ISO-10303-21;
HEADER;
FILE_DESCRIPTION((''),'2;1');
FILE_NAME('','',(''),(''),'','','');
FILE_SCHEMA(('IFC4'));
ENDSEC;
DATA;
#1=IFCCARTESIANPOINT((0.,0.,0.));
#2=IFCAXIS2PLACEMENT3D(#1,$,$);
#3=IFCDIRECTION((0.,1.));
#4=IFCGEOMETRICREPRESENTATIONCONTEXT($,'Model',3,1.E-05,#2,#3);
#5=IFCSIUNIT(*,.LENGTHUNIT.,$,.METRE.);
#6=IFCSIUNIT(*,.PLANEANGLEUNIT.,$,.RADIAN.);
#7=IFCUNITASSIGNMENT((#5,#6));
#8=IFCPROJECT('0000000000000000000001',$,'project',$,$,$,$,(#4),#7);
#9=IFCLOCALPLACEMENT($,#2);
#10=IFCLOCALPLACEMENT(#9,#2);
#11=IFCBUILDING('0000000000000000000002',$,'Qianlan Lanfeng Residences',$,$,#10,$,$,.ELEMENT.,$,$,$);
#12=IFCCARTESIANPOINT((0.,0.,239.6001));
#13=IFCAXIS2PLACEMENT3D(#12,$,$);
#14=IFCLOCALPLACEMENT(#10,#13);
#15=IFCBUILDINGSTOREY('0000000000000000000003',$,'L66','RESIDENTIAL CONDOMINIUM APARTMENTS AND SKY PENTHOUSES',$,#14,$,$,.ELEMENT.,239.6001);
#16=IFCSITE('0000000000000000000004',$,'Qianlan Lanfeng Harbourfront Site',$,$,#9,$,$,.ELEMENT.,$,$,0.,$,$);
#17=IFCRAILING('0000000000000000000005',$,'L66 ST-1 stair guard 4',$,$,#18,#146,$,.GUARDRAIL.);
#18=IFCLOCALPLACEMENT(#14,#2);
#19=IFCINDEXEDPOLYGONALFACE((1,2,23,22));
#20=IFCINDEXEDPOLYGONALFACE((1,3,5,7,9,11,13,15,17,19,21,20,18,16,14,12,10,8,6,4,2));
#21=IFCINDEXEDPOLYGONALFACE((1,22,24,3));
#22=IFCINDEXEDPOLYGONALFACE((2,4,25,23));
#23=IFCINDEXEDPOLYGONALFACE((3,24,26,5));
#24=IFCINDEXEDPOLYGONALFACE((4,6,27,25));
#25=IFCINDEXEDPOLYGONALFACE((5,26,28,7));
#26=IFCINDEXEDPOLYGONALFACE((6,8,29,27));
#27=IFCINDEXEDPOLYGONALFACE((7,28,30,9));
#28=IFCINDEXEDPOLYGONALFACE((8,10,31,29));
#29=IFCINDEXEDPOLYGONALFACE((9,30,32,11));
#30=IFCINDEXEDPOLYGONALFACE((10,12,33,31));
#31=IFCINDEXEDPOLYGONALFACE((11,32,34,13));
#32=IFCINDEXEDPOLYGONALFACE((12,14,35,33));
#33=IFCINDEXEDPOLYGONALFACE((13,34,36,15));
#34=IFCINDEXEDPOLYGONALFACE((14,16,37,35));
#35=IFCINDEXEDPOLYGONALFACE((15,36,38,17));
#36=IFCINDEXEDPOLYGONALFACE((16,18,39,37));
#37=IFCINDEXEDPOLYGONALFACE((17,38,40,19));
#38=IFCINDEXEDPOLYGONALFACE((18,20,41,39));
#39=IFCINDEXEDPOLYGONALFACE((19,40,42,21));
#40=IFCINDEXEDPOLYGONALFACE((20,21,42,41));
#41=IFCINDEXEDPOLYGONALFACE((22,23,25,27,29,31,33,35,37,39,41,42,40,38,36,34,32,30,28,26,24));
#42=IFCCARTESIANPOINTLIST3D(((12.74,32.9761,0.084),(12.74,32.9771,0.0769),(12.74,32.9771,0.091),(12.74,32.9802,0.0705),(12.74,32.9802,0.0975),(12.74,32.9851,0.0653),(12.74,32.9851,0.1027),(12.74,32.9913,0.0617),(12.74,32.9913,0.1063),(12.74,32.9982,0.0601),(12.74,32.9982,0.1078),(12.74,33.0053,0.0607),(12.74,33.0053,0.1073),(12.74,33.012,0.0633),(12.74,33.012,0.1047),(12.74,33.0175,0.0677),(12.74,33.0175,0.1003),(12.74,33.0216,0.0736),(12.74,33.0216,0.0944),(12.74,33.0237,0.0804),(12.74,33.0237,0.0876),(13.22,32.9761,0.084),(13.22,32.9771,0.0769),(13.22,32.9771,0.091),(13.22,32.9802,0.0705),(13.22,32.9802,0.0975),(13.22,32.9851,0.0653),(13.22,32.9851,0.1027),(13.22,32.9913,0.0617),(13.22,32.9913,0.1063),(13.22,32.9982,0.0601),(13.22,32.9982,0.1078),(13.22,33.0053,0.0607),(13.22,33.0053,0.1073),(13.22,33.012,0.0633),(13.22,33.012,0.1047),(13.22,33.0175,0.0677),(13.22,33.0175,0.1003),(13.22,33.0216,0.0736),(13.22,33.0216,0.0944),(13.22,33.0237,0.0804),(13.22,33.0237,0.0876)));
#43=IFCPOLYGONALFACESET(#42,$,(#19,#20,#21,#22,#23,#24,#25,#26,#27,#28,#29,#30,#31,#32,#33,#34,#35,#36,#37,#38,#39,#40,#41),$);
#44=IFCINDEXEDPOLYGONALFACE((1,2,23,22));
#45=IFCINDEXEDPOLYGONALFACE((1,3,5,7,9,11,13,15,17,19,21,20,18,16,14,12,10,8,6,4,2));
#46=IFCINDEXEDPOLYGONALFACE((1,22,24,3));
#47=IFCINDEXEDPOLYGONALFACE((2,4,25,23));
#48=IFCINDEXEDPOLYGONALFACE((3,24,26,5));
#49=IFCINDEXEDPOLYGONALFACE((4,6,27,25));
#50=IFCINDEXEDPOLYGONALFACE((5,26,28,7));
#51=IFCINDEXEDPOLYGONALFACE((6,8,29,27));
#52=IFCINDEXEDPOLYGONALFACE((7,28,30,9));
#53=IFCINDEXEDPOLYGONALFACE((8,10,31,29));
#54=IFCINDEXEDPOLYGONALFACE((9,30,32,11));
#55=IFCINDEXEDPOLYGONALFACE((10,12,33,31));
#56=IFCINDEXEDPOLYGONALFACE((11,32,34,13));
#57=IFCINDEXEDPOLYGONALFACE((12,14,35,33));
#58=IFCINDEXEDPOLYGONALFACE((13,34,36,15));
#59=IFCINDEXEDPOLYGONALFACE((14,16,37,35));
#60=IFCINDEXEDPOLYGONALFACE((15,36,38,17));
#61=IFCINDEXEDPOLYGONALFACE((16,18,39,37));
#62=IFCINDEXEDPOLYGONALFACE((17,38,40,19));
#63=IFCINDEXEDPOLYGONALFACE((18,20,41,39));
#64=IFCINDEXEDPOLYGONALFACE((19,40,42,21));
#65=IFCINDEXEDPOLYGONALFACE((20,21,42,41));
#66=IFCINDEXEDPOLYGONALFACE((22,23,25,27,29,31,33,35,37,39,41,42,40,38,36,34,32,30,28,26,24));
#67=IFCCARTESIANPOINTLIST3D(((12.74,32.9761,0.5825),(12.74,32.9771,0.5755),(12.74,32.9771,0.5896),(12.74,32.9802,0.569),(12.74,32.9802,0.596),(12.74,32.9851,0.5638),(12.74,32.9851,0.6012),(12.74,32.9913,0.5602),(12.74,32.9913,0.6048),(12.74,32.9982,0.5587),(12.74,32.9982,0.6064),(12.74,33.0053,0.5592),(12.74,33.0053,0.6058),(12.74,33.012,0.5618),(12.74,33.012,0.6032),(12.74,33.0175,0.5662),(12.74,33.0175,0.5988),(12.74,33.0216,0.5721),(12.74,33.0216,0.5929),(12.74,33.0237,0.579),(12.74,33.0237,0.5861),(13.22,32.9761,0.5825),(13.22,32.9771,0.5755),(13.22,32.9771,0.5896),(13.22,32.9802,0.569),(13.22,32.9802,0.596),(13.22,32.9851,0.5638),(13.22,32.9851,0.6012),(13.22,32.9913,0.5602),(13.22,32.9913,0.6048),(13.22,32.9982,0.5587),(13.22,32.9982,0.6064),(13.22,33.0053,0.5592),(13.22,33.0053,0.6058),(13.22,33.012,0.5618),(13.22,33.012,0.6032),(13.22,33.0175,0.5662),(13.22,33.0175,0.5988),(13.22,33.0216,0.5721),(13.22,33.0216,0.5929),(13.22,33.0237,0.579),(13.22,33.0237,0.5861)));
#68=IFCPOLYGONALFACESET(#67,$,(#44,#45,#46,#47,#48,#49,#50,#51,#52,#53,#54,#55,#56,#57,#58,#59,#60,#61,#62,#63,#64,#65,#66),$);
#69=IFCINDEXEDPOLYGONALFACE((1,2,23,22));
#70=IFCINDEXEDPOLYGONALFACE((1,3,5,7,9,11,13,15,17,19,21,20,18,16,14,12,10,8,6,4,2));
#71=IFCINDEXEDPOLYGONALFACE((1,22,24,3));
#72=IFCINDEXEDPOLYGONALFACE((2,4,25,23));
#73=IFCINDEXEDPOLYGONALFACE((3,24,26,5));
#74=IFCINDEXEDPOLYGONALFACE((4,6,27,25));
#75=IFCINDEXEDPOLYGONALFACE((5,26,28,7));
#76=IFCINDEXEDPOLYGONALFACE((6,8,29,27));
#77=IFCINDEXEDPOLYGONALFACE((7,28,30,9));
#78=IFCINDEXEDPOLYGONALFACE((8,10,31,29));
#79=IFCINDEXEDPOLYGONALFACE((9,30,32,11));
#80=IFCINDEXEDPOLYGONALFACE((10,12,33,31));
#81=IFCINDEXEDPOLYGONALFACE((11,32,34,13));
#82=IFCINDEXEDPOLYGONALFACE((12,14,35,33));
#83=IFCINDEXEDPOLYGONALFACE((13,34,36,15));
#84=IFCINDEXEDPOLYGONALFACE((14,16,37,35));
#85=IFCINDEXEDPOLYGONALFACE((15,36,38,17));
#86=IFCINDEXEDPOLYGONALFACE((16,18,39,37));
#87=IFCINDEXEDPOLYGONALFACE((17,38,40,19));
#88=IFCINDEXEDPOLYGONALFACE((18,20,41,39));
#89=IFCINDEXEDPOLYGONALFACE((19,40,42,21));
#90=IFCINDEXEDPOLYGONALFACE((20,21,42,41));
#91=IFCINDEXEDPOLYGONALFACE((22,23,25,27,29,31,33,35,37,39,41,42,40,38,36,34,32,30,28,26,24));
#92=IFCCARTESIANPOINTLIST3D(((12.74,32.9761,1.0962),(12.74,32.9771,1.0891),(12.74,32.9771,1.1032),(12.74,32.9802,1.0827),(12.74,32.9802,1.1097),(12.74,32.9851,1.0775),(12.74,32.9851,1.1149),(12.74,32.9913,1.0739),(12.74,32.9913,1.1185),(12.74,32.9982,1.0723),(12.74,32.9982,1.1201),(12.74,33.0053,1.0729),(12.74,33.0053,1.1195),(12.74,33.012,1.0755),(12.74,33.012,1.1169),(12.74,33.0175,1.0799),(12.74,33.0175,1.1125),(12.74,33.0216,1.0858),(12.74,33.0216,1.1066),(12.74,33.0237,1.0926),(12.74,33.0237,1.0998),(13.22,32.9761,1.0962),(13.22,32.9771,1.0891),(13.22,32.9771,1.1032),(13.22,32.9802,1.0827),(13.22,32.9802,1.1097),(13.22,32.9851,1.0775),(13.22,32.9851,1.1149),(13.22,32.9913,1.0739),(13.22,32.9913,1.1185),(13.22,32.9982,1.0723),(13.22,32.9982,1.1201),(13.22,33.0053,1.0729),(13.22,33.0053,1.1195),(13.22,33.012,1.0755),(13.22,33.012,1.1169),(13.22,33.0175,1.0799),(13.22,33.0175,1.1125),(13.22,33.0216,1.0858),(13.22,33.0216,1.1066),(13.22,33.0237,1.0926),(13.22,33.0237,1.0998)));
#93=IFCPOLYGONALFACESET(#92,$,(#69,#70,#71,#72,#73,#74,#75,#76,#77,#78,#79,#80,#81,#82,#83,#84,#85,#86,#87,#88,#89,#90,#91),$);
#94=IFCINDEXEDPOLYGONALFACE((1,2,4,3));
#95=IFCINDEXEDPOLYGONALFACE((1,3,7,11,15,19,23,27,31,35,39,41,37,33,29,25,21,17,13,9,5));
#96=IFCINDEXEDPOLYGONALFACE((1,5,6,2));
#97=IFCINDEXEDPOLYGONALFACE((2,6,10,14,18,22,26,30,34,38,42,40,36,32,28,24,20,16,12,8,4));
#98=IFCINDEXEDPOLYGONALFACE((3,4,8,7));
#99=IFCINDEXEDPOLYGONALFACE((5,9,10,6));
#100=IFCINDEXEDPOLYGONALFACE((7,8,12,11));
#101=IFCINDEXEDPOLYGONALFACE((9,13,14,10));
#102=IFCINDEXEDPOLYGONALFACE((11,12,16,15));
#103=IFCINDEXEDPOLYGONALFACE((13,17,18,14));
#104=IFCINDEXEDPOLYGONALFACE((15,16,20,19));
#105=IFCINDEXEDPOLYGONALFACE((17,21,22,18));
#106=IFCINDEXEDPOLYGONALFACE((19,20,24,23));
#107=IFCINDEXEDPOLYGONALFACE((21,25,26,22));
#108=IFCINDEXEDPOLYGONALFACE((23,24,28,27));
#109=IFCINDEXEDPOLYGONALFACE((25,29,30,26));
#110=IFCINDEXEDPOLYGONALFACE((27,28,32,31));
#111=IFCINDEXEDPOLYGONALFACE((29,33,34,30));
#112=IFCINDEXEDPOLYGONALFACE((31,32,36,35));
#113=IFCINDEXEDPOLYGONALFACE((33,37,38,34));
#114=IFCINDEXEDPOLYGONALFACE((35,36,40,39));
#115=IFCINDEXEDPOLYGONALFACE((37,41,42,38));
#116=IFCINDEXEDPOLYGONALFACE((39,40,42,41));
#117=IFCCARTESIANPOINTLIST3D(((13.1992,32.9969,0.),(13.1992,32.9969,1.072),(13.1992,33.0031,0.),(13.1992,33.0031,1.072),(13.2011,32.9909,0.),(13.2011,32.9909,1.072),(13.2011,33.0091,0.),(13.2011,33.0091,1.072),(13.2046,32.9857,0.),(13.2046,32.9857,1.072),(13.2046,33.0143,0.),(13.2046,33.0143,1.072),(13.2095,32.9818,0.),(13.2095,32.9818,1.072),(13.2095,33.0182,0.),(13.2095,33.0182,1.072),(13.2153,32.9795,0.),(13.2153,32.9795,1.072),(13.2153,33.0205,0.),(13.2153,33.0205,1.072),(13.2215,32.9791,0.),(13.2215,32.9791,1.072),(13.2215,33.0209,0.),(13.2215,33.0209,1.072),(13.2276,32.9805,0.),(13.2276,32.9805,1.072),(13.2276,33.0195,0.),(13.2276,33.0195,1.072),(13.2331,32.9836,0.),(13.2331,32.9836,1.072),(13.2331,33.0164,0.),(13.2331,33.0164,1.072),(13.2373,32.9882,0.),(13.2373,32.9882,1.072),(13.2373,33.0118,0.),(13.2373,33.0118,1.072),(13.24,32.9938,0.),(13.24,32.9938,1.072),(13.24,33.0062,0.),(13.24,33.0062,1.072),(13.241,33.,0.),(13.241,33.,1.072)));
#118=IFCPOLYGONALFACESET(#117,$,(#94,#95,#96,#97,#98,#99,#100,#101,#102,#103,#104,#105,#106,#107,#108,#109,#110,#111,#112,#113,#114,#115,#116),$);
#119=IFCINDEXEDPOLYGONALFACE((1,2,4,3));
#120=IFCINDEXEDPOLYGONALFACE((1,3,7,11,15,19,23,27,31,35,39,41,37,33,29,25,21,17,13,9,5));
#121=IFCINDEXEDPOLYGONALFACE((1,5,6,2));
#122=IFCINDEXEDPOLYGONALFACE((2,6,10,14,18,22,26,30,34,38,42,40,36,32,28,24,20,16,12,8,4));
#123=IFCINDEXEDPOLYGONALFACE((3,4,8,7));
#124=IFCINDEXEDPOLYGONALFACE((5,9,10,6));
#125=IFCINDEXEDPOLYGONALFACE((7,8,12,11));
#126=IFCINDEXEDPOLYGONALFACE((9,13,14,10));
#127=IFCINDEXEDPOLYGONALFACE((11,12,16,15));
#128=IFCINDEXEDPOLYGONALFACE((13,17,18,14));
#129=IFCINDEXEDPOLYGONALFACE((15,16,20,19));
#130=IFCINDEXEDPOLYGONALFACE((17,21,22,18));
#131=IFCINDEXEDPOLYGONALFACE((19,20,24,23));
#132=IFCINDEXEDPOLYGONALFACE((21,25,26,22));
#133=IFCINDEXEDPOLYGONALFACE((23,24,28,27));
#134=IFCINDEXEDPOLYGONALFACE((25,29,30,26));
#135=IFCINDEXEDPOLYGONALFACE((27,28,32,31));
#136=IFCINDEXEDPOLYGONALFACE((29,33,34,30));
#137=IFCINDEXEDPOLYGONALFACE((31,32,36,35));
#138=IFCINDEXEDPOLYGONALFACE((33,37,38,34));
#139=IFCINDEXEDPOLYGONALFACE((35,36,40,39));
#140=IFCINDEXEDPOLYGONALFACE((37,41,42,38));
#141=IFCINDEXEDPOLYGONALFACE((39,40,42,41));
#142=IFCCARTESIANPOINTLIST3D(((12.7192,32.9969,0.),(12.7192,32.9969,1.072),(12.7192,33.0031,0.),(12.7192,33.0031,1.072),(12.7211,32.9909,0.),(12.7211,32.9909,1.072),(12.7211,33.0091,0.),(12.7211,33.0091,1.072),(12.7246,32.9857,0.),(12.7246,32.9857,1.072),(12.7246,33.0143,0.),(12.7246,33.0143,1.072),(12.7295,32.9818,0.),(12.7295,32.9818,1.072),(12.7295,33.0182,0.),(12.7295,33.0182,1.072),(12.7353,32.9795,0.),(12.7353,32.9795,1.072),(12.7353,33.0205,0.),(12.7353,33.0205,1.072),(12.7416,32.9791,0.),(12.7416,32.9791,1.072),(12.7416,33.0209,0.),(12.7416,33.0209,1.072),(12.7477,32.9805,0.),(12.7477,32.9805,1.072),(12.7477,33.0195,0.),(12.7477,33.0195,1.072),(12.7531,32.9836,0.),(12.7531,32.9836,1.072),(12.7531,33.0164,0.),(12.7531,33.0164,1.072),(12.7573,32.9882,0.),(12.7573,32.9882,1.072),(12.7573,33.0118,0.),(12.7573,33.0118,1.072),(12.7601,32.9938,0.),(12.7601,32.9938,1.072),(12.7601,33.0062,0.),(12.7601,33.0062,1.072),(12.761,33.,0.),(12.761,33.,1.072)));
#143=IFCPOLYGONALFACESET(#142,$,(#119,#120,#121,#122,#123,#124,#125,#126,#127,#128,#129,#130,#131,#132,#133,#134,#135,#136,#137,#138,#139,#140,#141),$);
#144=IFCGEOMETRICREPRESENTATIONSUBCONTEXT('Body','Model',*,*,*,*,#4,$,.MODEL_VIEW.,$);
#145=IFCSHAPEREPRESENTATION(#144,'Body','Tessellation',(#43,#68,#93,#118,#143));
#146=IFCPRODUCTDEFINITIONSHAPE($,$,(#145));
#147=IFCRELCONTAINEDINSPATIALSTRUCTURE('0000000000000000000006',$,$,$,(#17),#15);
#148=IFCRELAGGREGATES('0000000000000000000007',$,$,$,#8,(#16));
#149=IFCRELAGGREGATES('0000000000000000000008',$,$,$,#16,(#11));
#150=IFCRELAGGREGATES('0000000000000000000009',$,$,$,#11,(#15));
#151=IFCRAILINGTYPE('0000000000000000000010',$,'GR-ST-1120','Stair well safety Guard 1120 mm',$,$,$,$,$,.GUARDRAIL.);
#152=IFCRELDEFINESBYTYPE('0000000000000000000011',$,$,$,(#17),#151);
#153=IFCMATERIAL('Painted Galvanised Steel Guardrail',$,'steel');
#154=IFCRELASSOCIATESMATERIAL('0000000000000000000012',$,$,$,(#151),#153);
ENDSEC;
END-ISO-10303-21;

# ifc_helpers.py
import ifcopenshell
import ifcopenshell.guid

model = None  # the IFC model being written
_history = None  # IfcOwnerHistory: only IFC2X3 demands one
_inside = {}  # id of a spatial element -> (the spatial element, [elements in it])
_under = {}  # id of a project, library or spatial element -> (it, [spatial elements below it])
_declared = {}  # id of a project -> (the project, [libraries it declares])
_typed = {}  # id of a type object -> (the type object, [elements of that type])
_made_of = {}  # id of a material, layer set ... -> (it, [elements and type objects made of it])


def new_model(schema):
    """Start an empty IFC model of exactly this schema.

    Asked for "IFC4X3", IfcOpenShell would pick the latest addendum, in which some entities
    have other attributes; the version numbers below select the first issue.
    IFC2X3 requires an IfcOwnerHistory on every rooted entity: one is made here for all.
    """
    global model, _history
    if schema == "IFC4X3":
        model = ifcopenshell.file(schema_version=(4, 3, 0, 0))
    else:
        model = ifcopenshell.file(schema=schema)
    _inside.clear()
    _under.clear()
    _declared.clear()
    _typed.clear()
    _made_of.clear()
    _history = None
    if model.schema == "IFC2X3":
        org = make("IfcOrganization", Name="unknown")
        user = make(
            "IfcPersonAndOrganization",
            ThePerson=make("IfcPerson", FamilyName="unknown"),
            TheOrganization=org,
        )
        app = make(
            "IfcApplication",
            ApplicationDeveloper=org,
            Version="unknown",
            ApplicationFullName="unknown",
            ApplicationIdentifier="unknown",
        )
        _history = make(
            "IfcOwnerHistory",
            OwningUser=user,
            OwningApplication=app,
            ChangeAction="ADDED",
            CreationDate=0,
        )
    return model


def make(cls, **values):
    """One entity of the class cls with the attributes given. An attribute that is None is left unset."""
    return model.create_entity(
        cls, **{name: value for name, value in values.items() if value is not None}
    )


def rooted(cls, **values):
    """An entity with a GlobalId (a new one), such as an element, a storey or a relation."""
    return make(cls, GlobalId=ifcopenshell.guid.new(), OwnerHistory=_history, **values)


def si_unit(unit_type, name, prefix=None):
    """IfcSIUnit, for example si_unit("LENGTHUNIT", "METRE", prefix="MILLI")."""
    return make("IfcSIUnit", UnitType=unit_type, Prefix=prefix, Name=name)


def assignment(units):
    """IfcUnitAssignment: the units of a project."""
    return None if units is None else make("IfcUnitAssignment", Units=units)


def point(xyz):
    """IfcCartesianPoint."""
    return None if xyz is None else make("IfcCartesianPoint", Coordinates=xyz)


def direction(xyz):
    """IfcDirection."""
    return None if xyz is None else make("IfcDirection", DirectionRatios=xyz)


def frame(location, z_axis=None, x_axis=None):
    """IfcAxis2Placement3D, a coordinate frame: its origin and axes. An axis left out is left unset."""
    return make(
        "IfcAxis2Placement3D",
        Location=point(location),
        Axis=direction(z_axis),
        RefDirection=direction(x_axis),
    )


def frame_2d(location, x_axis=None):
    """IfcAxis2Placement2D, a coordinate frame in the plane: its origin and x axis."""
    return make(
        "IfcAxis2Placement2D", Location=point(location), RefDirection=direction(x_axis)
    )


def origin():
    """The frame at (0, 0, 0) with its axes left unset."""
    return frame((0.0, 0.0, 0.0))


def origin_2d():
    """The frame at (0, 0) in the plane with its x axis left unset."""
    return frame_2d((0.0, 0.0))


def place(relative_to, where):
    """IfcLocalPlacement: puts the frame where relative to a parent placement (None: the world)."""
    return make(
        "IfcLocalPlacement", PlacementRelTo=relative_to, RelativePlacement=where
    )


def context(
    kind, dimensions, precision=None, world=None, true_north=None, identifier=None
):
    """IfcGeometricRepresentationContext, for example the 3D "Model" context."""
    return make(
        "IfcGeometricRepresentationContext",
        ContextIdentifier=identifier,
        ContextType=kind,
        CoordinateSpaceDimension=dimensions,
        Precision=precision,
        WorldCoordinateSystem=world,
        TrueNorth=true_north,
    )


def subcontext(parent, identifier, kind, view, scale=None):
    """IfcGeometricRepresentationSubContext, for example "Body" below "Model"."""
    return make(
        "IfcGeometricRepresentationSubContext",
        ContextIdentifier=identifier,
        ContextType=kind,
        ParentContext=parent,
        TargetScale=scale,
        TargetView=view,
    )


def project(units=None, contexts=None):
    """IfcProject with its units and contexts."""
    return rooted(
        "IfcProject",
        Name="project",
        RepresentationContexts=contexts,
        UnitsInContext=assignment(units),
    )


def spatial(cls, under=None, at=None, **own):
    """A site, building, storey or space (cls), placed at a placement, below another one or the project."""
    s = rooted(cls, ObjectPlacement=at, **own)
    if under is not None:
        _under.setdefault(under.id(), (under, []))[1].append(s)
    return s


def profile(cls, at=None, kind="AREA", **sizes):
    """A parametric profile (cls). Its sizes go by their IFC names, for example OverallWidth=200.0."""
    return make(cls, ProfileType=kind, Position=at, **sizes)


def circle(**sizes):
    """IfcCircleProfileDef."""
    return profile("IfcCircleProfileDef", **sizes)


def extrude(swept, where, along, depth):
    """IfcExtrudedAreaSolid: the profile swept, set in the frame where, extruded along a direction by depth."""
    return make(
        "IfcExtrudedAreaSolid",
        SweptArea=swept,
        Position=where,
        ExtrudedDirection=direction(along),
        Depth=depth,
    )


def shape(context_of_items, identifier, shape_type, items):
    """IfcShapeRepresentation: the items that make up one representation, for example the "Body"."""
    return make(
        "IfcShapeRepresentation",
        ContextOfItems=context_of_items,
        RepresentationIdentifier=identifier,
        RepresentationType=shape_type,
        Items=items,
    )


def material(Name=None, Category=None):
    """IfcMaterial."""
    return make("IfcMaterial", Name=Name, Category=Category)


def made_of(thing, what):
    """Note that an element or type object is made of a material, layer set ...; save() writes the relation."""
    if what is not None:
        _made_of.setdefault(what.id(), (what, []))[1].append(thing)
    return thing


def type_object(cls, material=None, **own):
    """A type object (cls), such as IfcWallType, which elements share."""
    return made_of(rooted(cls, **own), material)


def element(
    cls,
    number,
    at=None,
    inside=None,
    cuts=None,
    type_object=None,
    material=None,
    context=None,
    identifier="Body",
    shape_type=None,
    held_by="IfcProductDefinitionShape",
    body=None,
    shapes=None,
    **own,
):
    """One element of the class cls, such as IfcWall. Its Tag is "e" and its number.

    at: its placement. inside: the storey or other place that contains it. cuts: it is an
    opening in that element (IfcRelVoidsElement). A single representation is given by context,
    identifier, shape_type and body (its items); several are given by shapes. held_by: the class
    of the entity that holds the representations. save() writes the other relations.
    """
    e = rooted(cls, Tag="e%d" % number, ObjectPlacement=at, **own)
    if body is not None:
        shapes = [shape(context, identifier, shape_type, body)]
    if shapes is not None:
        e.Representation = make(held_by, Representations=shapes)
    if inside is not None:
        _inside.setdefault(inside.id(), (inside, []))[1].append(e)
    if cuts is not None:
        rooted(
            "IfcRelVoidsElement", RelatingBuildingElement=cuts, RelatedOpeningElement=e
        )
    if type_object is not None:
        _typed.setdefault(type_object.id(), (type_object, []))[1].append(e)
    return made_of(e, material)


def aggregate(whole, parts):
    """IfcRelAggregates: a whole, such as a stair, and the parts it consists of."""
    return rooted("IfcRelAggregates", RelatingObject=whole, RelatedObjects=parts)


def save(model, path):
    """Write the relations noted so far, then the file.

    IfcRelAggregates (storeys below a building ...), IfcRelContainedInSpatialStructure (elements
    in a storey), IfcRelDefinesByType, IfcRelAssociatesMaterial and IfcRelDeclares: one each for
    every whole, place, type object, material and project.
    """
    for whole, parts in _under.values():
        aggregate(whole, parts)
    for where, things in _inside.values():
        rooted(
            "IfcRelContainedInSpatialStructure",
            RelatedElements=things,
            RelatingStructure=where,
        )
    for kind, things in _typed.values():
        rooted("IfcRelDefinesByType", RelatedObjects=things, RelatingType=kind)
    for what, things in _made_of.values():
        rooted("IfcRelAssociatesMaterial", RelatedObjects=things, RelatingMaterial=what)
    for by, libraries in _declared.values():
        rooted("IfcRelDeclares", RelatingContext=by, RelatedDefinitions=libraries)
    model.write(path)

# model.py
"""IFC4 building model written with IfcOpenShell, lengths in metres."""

from ifc_helpers import new_model, si_unit, direction, frame, origin, origin_2d, place, context, subcontext, project, spatial, circle, extrude, material, type_object, element, save


model = new_model("IFC4")

# Units and contexts
model_context = context("Model", 3, precision=1e-05, world=origin(), true_north=direction((0.0, 1.0)))
body_context = subcontext(model_context, "Body", "Model", "MODEL_VIEW")
ifc_project = project(units=[si_unit("LENGTHUNIT", "METRE"), si_unit("PLANEANGLEUNIT", "RADIAN")], contexts=[model_context])

# Site, building, storey
site_placement = place(None, origin())
site = spatial("IfcSite", under=ifc_project, at=site_placement, Name="Qianlan Lanfeng Harbourfront Site", CompositionType="ELEMENT", RefElevation=0.0)
building_placement = place(site_placement, origin())
building = spatial("IfcBuilding", under=site, at=building_placement, Name="Qianlan Lanfeng Residences", CompositionType="ELEMENT")
storey_placement = place(building_placement, frame((0.0, 0.0, 239.6001)))
storey = spatial("IfcBuildingStorey", under=building, at=storey_placement, Name="L66", Description="RESIDENTIAL CONDOMINIUM APARTMENTS AND SKY PENTHOUSES", CompositionType="ELEMENT", Elevation=239.6001)

# Railing
ifc_material_1 = material(Name="Painted Galvanised Steel Guardrail", Category="steel")
railing_type_1 = type_object("IfcRailingType", Name="GR-ST-1120", Description="Stair well safety Guard 1120 mm", PredefinedType="GUARDRAIL", material=ifc_material_1)
railing_1_placement = place(storey_placement, frame((13.22, 33.0, 0.0)))
element("IfcRailing", 1, at=railing_1_placement, inside=storey, type_object=railing_type_1, Name="L66 ST-1 stair guard 4", PredefinedType="GUARDRAIL", context=body_context, shape_type="SweptSolid", body=[
    extrude(circle(Radius=0.0239, at=origin_2d()), frame((0.0, 0.0, 0.084), z_axis=(-1.0, 0.0, 0.0), x_axis=(0.0, -1.0, 0.0)), (0.0, 0.0, 1.0), 0.48),
    extrude(circle(Radius=0.0239, at=origin_2d()), frame((0.0, 0.0, 0.5825), z_axis=(-1.0, 0.0, 0.0), x_axis=(0.0, -1.0, 0.0)), (0.0, 0.0, 1.0), 0.48),
    extrude(circle(Radius=0.0239, at=origin_2d()), frame((0.0, 0.0, 1.0962), z_axis=(-1.0, 0.0, 0.0), x_axis=(0.0, -1.0, 0.0)), (0.0, 0.0, 1.0), 0.48),
    extrude(circle(Radius=0.021, at=origin_2d()), origin(), (0.0, 0.0, 1.0), 1.072),
    extrude(circle(Radius=0.021, at=origin_2d()), frame((-0.48, 0.0, 0.0)), (0.0, 0.0, 1.0), 1.072),
])

save(model, "model.ifc")
